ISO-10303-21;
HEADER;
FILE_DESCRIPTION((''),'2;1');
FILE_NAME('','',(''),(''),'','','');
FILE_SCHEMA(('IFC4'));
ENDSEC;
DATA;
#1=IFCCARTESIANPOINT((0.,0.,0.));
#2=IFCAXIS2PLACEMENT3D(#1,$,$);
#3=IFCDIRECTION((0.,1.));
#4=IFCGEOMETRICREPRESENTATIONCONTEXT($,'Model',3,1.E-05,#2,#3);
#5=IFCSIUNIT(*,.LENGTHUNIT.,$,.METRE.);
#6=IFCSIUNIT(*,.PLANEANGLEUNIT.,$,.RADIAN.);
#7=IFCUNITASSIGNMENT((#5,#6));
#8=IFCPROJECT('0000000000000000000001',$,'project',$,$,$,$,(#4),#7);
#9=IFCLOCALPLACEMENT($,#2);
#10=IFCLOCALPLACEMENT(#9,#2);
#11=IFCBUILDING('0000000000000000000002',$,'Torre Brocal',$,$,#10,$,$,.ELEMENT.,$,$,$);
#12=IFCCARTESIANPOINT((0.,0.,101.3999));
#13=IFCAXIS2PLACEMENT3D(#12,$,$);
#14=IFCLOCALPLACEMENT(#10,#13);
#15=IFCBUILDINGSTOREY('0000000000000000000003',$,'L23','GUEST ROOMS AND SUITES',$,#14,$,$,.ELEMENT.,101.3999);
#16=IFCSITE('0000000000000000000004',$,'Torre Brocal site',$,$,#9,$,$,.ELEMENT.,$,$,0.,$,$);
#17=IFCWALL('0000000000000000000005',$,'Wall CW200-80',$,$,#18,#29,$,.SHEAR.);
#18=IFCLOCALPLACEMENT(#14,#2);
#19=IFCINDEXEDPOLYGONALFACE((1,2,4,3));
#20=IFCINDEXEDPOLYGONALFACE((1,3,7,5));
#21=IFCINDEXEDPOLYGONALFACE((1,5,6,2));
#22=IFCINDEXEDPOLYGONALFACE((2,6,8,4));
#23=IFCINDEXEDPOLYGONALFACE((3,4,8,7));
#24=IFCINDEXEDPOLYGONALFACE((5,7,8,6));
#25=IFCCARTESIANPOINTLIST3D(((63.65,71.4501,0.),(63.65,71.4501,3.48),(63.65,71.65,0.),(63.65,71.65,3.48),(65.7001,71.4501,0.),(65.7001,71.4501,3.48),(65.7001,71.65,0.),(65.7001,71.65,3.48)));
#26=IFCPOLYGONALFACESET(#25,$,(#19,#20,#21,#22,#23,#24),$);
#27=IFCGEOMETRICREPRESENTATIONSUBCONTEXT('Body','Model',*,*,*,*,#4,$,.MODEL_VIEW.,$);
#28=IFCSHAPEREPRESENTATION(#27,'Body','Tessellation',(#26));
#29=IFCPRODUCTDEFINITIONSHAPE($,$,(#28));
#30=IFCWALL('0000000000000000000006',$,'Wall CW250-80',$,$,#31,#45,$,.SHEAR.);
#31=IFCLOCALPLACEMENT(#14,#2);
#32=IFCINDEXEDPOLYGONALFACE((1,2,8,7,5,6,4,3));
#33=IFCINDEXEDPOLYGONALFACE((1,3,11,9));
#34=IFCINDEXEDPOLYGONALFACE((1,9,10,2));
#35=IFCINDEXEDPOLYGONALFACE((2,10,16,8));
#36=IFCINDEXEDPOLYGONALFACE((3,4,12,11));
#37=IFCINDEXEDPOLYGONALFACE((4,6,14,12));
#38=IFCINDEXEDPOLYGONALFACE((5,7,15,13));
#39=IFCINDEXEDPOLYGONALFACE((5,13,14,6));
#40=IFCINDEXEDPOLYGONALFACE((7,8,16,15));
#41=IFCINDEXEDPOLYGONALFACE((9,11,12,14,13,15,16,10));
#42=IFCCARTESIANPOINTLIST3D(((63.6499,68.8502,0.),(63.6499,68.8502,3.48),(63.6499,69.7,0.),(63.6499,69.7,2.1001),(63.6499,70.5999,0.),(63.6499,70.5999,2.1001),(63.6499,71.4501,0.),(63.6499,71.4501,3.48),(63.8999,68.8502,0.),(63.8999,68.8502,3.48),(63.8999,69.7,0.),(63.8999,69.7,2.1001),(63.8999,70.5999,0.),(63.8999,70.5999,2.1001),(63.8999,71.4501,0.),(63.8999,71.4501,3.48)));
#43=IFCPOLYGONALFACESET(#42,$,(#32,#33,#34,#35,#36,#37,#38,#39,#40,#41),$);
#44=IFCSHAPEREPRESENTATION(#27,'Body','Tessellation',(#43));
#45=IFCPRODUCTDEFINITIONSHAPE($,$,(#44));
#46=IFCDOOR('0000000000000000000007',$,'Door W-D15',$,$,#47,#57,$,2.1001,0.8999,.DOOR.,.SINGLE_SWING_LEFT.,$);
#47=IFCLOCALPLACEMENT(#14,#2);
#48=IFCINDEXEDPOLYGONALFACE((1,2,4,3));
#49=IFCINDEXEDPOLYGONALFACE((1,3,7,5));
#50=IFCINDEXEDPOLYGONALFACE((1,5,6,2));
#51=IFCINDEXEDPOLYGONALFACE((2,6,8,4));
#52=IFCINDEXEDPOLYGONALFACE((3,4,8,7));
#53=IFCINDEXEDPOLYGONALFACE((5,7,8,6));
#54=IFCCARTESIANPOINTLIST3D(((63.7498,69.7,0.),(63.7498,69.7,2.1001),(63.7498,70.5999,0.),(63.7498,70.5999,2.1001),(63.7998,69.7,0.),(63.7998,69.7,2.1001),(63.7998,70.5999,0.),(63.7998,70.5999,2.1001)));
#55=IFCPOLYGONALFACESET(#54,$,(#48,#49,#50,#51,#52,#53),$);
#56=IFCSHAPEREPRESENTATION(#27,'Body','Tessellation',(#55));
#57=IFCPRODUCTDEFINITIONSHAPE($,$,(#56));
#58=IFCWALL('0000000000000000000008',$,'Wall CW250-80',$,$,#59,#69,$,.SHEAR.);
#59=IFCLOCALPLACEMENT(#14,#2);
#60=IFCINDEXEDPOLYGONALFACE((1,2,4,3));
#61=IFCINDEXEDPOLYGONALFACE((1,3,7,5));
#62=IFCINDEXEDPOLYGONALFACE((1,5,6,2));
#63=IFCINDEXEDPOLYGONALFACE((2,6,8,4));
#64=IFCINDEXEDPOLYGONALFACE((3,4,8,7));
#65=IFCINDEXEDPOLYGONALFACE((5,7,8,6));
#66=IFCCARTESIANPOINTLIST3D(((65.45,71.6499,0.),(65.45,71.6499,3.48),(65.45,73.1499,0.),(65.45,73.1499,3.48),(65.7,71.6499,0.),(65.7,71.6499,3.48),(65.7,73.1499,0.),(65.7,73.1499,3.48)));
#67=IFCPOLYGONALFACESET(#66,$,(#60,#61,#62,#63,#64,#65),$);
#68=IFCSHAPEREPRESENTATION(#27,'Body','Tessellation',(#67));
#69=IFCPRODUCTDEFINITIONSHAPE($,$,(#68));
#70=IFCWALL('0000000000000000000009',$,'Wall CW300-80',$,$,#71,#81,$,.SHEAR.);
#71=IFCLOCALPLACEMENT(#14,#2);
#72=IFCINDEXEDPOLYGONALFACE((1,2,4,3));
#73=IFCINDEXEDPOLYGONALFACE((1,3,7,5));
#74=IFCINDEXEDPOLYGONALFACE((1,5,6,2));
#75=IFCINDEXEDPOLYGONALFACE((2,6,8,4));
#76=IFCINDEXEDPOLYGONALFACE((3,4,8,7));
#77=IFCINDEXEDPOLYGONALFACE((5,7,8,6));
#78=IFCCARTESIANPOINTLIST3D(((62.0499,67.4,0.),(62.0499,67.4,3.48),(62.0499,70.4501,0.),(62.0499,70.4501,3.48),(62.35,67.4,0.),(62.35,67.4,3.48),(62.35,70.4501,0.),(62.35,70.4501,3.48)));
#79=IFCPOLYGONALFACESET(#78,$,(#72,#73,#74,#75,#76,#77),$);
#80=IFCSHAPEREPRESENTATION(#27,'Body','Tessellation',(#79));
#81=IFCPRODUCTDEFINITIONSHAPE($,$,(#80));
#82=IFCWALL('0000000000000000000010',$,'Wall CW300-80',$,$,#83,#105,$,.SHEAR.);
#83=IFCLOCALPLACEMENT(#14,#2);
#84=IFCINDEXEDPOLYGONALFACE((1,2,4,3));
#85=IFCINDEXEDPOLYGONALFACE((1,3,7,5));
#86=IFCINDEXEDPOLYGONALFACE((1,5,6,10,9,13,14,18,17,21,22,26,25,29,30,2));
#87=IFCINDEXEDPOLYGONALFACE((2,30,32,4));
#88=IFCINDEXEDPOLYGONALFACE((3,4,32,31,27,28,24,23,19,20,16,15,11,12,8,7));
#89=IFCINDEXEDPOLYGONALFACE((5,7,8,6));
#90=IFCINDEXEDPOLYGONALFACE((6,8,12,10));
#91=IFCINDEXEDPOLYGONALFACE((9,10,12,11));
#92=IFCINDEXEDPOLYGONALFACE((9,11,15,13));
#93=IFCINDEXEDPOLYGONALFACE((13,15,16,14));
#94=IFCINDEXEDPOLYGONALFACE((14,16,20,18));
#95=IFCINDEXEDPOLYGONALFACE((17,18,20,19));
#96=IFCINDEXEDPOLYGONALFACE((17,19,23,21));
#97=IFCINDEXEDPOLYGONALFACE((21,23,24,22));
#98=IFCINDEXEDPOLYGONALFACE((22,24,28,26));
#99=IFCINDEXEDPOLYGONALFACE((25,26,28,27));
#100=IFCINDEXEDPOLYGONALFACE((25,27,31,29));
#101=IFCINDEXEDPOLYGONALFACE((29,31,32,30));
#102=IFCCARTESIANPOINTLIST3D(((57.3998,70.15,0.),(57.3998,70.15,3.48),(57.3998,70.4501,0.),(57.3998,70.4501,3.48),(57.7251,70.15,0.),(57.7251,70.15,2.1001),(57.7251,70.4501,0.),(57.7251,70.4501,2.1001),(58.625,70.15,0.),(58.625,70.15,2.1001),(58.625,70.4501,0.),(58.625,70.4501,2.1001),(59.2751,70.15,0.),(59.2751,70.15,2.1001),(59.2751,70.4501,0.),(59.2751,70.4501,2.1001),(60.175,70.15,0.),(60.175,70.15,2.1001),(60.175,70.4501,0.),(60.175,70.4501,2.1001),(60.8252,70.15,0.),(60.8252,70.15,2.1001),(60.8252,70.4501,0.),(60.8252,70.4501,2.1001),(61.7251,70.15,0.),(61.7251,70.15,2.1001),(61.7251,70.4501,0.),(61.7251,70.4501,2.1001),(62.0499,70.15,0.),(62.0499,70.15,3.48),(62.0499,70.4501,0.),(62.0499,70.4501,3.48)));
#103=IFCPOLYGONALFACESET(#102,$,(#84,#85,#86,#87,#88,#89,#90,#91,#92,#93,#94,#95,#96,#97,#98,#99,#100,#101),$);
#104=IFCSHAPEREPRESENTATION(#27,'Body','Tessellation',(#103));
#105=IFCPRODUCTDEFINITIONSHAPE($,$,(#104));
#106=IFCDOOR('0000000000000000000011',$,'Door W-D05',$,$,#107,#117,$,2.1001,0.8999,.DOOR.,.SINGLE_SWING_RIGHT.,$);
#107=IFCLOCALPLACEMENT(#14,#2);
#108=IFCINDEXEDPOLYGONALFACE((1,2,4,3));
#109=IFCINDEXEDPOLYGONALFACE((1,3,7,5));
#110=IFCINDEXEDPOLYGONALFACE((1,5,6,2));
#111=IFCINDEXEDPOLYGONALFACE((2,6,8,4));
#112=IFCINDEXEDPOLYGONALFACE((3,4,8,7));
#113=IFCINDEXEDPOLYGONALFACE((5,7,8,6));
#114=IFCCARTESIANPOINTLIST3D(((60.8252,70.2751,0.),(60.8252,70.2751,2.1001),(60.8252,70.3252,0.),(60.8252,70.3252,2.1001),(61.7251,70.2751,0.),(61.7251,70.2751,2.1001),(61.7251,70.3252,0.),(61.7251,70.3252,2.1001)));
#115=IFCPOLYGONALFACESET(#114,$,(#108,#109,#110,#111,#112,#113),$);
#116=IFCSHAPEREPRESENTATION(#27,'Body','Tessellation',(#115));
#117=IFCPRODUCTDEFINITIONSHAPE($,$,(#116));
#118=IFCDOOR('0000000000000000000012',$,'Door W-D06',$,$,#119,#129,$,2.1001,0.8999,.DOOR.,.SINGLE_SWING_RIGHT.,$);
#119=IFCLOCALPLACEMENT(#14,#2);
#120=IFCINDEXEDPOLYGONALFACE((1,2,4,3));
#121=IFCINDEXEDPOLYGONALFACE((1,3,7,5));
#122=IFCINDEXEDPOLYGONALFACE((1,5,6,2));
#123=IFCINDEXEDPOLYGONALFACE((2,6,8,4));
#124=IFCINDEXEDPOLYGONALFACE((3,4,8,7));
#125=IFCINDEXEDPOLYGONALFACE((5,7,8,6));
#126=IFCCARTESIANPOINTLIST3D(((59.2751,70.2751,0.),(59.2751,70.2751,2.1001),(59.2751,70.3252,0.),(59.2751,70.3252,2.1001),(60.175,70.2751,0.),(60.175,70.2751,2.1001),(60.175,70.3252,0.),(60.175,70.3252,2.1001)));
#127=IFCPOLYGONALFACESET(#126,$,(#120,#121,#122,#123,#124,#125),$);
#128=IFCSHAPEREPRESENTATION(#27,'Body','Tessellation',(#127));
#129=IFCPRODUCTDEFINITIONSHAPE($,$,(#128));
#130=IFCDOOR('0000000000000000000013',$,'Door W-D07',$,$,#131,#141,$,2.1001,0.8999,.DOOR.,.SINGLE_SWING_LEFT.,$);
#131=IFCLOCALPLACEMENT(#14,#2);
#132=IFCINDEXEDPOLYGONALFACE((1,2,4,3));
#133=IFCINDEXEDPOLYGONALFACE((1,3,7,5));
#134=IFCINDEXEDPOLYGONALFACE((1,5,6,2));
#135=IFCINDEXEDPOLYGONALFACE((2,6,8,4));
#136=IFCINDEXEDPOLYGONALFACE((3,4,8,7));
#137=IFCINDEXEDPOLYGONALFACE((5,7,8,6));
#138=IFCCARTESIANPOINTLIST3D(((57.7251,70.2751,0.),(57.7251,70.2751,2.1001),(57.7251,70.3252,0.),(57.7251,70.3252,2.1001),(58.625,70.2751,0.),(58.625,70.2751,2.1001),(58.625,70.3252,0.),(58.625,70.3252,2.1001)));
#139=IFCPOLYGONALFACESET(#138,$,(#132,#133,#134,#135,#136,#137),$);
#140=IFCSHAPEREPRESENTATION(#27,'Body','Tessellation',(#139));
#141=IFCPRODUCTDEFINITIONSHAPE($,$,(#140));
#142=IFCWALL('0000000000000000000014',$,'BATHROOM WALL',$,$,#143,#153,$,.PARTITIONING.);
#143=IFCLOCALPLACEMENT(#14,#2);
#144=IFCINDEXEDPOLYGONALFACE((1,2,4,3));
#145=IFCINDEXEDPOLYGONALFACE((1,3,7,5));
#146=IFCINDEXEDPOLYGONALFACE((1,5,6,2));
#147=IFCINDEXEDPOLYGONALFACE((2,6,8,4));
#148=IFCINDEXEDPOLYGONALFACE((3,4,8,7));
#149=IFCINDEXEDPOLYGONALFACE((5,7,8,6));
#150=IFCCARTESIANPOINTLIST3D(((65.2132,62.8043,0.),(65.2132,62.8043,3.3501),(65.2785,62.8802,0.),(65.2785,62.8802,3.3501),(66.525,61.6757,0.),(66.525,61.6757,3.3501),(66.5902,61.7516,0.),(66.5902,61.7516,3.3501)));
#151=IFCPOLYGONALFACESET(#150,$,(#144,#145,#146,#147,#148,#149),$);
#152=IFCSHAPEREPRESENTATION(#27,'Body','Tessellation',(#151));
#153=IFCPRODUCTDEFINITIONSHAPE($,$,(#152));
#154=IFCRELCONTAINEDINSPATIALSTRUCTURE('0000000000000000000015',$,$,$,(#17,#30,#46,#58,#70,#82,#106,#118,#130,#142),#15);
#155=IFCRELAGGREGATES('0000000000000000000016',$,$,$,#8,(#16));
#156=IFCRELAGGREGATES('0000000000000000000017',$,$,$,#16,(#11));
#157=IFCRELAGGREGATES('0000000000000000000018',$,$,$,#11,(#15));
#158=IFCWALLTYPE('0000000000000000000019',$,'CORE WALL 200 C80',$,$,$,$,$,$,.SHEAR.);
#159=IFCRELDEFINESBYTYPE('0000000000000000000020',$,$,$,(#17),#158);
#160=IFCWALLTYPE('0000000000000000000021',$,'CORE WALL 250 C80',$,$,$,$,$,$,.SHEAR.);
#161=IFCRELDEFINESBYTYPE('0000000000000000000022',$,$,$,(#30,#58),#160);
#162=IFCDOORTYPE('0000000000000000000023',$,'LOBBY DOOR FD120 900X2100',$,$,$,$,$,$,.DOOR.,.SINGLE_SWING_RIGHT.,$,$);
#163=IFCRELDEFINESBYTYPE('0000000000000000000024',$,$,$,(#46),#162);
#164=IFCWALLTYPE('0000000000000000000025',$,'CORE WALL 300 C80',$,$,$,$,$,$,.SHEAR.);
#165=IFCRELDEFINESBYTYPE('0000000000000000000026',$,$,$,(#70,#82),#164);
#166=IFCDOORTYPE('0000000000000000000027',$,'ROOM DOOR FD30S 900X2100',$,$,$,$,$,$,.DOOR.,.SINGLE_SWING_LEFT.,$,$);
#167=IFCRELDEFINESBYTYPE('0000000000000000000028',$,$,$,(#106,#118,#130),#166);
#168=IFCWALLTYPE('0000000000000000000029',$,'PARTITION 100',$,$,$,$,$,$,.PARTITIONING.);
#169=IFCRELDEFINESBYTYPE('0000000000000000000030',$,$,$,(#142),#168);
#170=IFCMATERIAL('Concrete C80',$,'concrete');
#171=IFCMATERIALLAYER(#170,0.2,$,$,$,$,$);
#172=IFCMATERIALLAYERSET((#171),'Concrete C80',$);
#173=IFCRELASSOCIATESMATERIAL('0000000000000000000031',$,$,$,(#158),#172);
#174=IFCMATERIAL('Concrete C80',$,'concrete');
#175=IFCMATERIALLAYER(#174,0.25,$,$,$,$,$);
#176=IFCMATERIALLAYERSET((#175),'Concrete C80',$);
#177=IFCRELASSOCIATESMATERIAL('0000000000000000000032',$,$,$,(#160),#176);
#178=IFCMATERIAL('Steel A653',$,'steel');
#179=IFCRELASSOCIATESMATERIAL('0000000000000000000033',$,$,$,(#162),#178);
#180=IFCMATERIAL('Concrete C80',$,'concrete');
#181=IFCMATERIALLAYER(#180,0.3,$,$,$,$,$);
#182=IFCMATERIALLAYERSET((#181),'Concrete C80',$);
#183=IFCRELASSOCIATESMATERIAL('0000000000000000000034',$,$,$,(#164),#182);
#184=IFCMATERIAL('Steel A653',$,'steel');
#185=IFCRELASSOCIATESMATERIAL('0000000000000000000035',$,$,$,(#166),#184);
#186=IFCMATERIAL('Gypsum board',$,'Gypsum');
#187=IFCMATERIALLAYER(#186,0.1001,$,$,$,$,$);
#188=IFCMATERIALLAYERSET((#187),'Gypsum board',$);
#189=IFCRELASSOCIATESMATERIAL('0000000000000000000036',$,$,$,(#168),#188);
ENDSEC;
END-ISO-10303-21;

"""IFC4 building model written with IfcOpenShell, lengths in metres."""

from ifc_helpers import new_model, si_unit, direction, frame, frame_2d, origin, place, context, subcontext, project, spatial, rectangle, extrude, material, layer, layer_set, type_object, element, fill, save


model = new_model("IFC4")

# Units and contexts
model_context = context("Model", 3, precision=1e-05, world=origin(), true_north=direction((0.0, 1.0)))
body_context = subcontext(model_context, "Body", "Model", "MODEL_VIEW")
ifc_project = project(units=[si_unit("LENGTHUNIT", "METRE"), si_unit("PLANEANGLEUNIT", "RADIAN")], contexts=[model_context])

# Site, building, storey
site_placement = place(None, origin())
site = spatial("IfcSite", under=ifc_project, at=site_placement, Name="Torre Brocal site", CompositionType="ELEMENT", RefElevation=0.0)
building_placement = place(site_placement, origin())
building = spatial("IfcBuilding", under=site, at=building_placement, Name="Torre Brocal", CompositionType="ELEMENT")
storey_placement = place(building_placement, frame((0.0, 0.0, 101.3999)))
storey = spatial("IfcBuildingStorey", under=building, at=storey_placement, Name="L23", Description="GUEST ROOMS AND SUITES", CompositionType="ELEMENT", Elevation=101.3999)

# Wall
ifc_material_1 = material(Name="Concrete C80", Category="concrete")
ifc_layer_1 = layer(ifc_material_1, 0.2)
ifc_layer_set_1 = layer_set([ifc_layer_1], Name="Concrete C80")
wall_type_1 = type_object("IfcWallType", Name="CORE WALL 200 C80", PredefinedType="SHEAR", material=ifc_layer_set_1)
wall_1_placement = place(storey_placement, frame((65.7, 71.55, 0.0), z_axis=(0.0, 0.0, 1.0), x_axis=(-1.0, 0.0, 0.0)))
element("IfcWall", 1, at=wall_1_placement, inside=storey, type_object=wall_type_1, Name="Wall CW200-80", PredefinedType="SHEAR", context=body_context, shape_type="SweptSolid", body=[
    extrude(rectangle(XDim=2.05, YDim=0.2, at=frame_2d((1.0249, 0.0))), origin(), (0.0, 0.0, 1.0), 3.48),
])

# Wall, opening, door
ifc_material_2 = material(Name="Concrete C80", Category="concrete")
ifc_layer_2 = layer(ifc_material_2, 0.25)
ifc_layer_set_2 = layer_set([ifc_layer_2], Name="Concrete C80")
wall_type_2 = type_object("IfcWallType", Name="CORE WALL 250 C80", PredefinedType="SHEAR", material=ifc_layer_set_2)
wall_2_placement = place(storey_placement, frame((63.7749, 71.45, 0.0), z_axis=(0.0, 0.0, 1.0), x_axis=(0.0, -1.0, 0.0)))
wall_2 = element("IfcWall", 2, at=wall_2_placement, inside=storey, type_object=wall_type_2, Name="Wall CW250-80", PredefinedType="SHEAR", context=body_context, shape_type="SweptSolid", body=[
    extrude(rectangle(XDim=2.5999, YDim=0.25, at=frame_2d((1.2998, 0.0))), origin(), (0.0, 0.0, 1.0), 3.48),
])
opening_1_placement = place(wall_2_placement, frame((0.8501, 0.0, 0.0)))
opening_1 = element("IfcOpeningElement", 3, at=opening_1_placement, cuts=wall_2, PredefinedType="OPENING", context=body_context, shape_type="SweptSolid", body=[
    extrude(rectangle(XDim=0.8999, YDim=2.1001, at=frame_2d((0.45, 1.05))), frame((0.0, 0.135, 0.0), z_axis=(0.0, -1.0, 0.0), x_axis=(1.0, 0.0, 0.0)), (0.0, 0.0, 1.0), 0.27),
])
ifc_material_3 = material(Name="Steel A653", Category="steel")
door_type_1 = type_object("IfcDoorType", Name="LOBBY DOOR FD120 900X2100", OperationType="SINGLE_SWING_RIGHT", PredefinedType="DOOR", material=ifc_material_3)
door_1_placement = place(opening_1_placement, origin())
door_1 = element("IfcDoor", 4, at=door_1_placement, inside=storey, type_object=door_type_1, Name="Door W-D15", OperationType="SINGLE_SWING_LEFT", OverallHeight=2.1001, OverallWidth=0.8999, PredefinedType="DOOR", context=body_context, shape_type="SweptSolid", body=[
    extrude(rectangle(XDim=0.8999, YDim=2.1001, at=frame_2d((0.45, 1.05))), frame((0.0, 0.0249, 0.0), z_axis=(0.0, -1.0, 0.0), x_axis=(1.0, 0.0, 0.0)), (0.0, 0.0, 1.0), 0.05),
])
fill(opening_1, door_1)

# Walls
wall_3_placement = place(storey_placement, frame((65.575, 73.1499, 0.0), z_axis=(0.0, 0.0, 1.0), x_axis=(0.0, -1.0, 0.0)))
element("IfcWall", 5, at=wall_3_placement, inside=storey, type_object=wall_type_2, Name="Wall CW250-80", PredefinedType="SHEAR", context=body_context, shape_type="SweptSolid", body=[
    extrude(rectangle(XDim=1.5, YDim=0.25, at=frame_2d((0.75, 0.0))), origin(), (0.0, 0.0, 1.0), 3.48),
])
ifc_material_4 = material(Name="Concrete C80", Category="concrete")
ifc_layer_3 = layer(ifc_material_4, 0.3)
ifc_layer_set_3 = layer_set([ifc_layer_3], Name="Concrete C80")
wall_type_3 = type_object("IfcWallType", Name="CORE WALL 300 C80", PredefinedType="SHEAR", material=ifc_layer_set_3)
wall_4_placement = place(storey_placement, frame((62.2, 70.45, 0.0), z_axis=(0.0, 0.0, 1.0), x_axis=(0.0, -1.0, 0.0)))
element("IfcWall", 6, at=wall_4_placement, inside=storey, type_object=wall_type_3, Name="Wall CW300-80", PredefinedType="SHEAR", context=body_context, shape_type="SweptSolid", body=[
    extrude(rectangle(XDim=3.05, YDim=0.3, at=frame_2d((1.5249, 0.0))), origin(), (0.0, 0.0, 1.0), 3.48),
])

# Wall, openings, doors
wall_5_placement = place(storey_placement, frame((62.05, 70.3, 0.0), z_axis=(0.0, 0.0, 1.0), x_axis=(-1.0, 0.0, 0.0)))
wall_5 = element("IfcWall", 7, at=wall_5_placement, inside=storey, type_object=wall_type_3, Name="Wall CW300-80", PredefinedType="SHEAR", context=body_context, shape_type="SweptSolid", body=[
    extrude(rectangle(XDim=4.6501, YDim=0.3, at=frame_2d((2.3252, 0.0))), origin(), (0.0, 0.0, 1.0), 3.48),
])
opening_2_placement = place(wall_5_placement, frame((0.325, 0.0, 0.0)))
opening_2 = element("IfcOpeningElement", 8, at=opening_2_placement, cuts=wall_5, PredefinedType="OPENING", context=body_context, shape_type="SweptSolid", body=[
    extrude(rectangle(XDim=0.8999, YDim=2.1001, at=frame_2d((0.45, 1.05))), frame((0.0, 0.1599, 0.0), z_axis=(0.0, -1.0, 0.0), x_axis=(1.0, 0.0, 0.0)), (0.0, 0.0, 1.0), 0.3201),
])
opening_3_placement = place(wall_5_placement, frame((1.875, 0.0, 0.0)))
opening_3 = element("IfcOpeningElement", 9, at=opening_3_placement, cuts=wall_5, PredefinedType="OPENING", context=body_context, shape_type="SweptSolid", body=[
    extrude(rectangle(XDim=0.8999, YDim=2.1001, at=frame_2d((0.45, 1.05))), frame((0.0, 0.1599, 0.0), z_axis=(0.0, -1.0, 0.0), x_axis=(1.0, 0.0, 0.0)), (0.0, 0.0, 1.0), 0.3201),
])
opening_4_placement = place(wall_5_placement, frame((3.425, 0.0, 0.0)))
opening_4 = element("IfcOpeningElement", 10, at=opening_4_placement, cuts=wall_5, PredefinedType="OPENING", context=body_context, shape_type="SweptSolid", body=[
    extrude(rectangle(XDim=0.8999, YDim=2.1001, at=frame_2d((0.45, 1.05))), frame((0.0, 0.1599, 0.0), z_axis=(0.0, -1.0, 0.0), x_axis=(1.0, 0.0, 0.0)), (0.0, 0.0, 1.0), 0.3201),
])
ifc_material_5 = material(Name="Steel A653", Category="steel")
door_type_2 = type_object("IfcDoorType", Name="ROOM DOOR FD30S 900X2100", OperationType="SINGLE_SWING_LEFT", PredefinedType="DOOR", material=ifc_material_5)
door_2_placement = place(opening_2_placement, origin())
door_2 = element("IfcDoor", 11, at=door_2_placement, inside=storey, type_object=door_type_2, Name="Door W-D05", OperationType="SINGLE_SWING_RIGHT", OverallHeight=2.1001, OverallWidth=0.8999, PredefinedType="DOOR", context=body_context, shape_type="SweptSolid", body=[
    extrude(rectangle(XDim=0.8999, YDim=2.1001, at=frame_2d((0.45, 1.05))), frame((0.0, 0.0249, 0.0), z_axis=(0.0, -1.0, 0.0), x_axis=(1.0, 0.0, 0.0)), (0.0, 0.0, 1.0), 0.05),
])
fill(opening_2, door_2)
door_3_placement = place(opening_3_placement, origin())
door_3 = element("IfcDoor", 12, at=door_3_placement, inside=storey, type_object=door_type_2, Name="Door W-D06", OperationType="SINGLE_SWING_RIGHT", OverallHeight=2.1001, OverallWidth=0.8999, PredefinedType="DOOR", context=body_context, shape_type="SweptSolid", body=[
    extrude(rectangle(XDim=0.8999, YDim=2.1001, at=frame_2d((0.45, 1.05))), frame((0.0, 0.0249, 0.0), z_axis=(0.0, -1.0, 0.0), x_axis=(1.0, 0.0, 0.0)), (0.0, 0.0, 1.0), 0.05),
])
fill(opening_3, door_3)
door_4_placement = place(opening_4_placement, origin())
door_4 = element("IfcDoor", 13, at=door_4_placement, inside=storey, type_object=door_type_2, Name="Door W-D07", OperationType="SINGLE_SWING_LEFT", OverallHeight=2.1001, OverallWidth=0.8999, PredefinedType="DOOR", context=body_context, shape_type="SweptSolid", body=[
    extrude(rectangle(XDim=0.8999, YDim=2.1001, at=frame_2d((0.45, 1.05))), frame((0.0, 0.0249, 0.0), z_axis=(0.0, -1.0, 0.0), x_axis=(1.0, 0.0, 0.0)), (0.0, 0.0, 1.0), 0.05),
])
fill(opening_4, door_4)

# Wall
ifc_material_6 = material(Name="Gypsum board", Category="Gypsum")
ifc_layer_4 = layer(ifc_material_6, 0.1001)
ifc_layer_set_4 = layer_set([ifc_layer_4], Name="Gypsum board")
wall_type_4 = type_object("IfcWallType", Name="PARTITION 100", PredefinedType="PARTITIONING", material=ifc_layer_set_4)
wall_6_placement = place(storey_placement, frame((65.2458, 62.8423, 0.0), z_axis=(0.0, 0.0, 1.0), x_axis=(0.75803, -0.652219, 0.0)))
element("IfcWall", 14, at=wall_6_placement, inside=storey, type_object=wall_type_4, Name="BATHROOM WALL", PredefinedType="PARTITIONING", context=body_context, shape_type="SweptSolid", body=[
    extrude(rectangle(XDim=1.7305, YDim=0.1001, at=frame_2d((0.8652, 0.0))), origin(), (0.0, 0.0, 1.0), 3.3501),
])

save(model, "model.ifc")
